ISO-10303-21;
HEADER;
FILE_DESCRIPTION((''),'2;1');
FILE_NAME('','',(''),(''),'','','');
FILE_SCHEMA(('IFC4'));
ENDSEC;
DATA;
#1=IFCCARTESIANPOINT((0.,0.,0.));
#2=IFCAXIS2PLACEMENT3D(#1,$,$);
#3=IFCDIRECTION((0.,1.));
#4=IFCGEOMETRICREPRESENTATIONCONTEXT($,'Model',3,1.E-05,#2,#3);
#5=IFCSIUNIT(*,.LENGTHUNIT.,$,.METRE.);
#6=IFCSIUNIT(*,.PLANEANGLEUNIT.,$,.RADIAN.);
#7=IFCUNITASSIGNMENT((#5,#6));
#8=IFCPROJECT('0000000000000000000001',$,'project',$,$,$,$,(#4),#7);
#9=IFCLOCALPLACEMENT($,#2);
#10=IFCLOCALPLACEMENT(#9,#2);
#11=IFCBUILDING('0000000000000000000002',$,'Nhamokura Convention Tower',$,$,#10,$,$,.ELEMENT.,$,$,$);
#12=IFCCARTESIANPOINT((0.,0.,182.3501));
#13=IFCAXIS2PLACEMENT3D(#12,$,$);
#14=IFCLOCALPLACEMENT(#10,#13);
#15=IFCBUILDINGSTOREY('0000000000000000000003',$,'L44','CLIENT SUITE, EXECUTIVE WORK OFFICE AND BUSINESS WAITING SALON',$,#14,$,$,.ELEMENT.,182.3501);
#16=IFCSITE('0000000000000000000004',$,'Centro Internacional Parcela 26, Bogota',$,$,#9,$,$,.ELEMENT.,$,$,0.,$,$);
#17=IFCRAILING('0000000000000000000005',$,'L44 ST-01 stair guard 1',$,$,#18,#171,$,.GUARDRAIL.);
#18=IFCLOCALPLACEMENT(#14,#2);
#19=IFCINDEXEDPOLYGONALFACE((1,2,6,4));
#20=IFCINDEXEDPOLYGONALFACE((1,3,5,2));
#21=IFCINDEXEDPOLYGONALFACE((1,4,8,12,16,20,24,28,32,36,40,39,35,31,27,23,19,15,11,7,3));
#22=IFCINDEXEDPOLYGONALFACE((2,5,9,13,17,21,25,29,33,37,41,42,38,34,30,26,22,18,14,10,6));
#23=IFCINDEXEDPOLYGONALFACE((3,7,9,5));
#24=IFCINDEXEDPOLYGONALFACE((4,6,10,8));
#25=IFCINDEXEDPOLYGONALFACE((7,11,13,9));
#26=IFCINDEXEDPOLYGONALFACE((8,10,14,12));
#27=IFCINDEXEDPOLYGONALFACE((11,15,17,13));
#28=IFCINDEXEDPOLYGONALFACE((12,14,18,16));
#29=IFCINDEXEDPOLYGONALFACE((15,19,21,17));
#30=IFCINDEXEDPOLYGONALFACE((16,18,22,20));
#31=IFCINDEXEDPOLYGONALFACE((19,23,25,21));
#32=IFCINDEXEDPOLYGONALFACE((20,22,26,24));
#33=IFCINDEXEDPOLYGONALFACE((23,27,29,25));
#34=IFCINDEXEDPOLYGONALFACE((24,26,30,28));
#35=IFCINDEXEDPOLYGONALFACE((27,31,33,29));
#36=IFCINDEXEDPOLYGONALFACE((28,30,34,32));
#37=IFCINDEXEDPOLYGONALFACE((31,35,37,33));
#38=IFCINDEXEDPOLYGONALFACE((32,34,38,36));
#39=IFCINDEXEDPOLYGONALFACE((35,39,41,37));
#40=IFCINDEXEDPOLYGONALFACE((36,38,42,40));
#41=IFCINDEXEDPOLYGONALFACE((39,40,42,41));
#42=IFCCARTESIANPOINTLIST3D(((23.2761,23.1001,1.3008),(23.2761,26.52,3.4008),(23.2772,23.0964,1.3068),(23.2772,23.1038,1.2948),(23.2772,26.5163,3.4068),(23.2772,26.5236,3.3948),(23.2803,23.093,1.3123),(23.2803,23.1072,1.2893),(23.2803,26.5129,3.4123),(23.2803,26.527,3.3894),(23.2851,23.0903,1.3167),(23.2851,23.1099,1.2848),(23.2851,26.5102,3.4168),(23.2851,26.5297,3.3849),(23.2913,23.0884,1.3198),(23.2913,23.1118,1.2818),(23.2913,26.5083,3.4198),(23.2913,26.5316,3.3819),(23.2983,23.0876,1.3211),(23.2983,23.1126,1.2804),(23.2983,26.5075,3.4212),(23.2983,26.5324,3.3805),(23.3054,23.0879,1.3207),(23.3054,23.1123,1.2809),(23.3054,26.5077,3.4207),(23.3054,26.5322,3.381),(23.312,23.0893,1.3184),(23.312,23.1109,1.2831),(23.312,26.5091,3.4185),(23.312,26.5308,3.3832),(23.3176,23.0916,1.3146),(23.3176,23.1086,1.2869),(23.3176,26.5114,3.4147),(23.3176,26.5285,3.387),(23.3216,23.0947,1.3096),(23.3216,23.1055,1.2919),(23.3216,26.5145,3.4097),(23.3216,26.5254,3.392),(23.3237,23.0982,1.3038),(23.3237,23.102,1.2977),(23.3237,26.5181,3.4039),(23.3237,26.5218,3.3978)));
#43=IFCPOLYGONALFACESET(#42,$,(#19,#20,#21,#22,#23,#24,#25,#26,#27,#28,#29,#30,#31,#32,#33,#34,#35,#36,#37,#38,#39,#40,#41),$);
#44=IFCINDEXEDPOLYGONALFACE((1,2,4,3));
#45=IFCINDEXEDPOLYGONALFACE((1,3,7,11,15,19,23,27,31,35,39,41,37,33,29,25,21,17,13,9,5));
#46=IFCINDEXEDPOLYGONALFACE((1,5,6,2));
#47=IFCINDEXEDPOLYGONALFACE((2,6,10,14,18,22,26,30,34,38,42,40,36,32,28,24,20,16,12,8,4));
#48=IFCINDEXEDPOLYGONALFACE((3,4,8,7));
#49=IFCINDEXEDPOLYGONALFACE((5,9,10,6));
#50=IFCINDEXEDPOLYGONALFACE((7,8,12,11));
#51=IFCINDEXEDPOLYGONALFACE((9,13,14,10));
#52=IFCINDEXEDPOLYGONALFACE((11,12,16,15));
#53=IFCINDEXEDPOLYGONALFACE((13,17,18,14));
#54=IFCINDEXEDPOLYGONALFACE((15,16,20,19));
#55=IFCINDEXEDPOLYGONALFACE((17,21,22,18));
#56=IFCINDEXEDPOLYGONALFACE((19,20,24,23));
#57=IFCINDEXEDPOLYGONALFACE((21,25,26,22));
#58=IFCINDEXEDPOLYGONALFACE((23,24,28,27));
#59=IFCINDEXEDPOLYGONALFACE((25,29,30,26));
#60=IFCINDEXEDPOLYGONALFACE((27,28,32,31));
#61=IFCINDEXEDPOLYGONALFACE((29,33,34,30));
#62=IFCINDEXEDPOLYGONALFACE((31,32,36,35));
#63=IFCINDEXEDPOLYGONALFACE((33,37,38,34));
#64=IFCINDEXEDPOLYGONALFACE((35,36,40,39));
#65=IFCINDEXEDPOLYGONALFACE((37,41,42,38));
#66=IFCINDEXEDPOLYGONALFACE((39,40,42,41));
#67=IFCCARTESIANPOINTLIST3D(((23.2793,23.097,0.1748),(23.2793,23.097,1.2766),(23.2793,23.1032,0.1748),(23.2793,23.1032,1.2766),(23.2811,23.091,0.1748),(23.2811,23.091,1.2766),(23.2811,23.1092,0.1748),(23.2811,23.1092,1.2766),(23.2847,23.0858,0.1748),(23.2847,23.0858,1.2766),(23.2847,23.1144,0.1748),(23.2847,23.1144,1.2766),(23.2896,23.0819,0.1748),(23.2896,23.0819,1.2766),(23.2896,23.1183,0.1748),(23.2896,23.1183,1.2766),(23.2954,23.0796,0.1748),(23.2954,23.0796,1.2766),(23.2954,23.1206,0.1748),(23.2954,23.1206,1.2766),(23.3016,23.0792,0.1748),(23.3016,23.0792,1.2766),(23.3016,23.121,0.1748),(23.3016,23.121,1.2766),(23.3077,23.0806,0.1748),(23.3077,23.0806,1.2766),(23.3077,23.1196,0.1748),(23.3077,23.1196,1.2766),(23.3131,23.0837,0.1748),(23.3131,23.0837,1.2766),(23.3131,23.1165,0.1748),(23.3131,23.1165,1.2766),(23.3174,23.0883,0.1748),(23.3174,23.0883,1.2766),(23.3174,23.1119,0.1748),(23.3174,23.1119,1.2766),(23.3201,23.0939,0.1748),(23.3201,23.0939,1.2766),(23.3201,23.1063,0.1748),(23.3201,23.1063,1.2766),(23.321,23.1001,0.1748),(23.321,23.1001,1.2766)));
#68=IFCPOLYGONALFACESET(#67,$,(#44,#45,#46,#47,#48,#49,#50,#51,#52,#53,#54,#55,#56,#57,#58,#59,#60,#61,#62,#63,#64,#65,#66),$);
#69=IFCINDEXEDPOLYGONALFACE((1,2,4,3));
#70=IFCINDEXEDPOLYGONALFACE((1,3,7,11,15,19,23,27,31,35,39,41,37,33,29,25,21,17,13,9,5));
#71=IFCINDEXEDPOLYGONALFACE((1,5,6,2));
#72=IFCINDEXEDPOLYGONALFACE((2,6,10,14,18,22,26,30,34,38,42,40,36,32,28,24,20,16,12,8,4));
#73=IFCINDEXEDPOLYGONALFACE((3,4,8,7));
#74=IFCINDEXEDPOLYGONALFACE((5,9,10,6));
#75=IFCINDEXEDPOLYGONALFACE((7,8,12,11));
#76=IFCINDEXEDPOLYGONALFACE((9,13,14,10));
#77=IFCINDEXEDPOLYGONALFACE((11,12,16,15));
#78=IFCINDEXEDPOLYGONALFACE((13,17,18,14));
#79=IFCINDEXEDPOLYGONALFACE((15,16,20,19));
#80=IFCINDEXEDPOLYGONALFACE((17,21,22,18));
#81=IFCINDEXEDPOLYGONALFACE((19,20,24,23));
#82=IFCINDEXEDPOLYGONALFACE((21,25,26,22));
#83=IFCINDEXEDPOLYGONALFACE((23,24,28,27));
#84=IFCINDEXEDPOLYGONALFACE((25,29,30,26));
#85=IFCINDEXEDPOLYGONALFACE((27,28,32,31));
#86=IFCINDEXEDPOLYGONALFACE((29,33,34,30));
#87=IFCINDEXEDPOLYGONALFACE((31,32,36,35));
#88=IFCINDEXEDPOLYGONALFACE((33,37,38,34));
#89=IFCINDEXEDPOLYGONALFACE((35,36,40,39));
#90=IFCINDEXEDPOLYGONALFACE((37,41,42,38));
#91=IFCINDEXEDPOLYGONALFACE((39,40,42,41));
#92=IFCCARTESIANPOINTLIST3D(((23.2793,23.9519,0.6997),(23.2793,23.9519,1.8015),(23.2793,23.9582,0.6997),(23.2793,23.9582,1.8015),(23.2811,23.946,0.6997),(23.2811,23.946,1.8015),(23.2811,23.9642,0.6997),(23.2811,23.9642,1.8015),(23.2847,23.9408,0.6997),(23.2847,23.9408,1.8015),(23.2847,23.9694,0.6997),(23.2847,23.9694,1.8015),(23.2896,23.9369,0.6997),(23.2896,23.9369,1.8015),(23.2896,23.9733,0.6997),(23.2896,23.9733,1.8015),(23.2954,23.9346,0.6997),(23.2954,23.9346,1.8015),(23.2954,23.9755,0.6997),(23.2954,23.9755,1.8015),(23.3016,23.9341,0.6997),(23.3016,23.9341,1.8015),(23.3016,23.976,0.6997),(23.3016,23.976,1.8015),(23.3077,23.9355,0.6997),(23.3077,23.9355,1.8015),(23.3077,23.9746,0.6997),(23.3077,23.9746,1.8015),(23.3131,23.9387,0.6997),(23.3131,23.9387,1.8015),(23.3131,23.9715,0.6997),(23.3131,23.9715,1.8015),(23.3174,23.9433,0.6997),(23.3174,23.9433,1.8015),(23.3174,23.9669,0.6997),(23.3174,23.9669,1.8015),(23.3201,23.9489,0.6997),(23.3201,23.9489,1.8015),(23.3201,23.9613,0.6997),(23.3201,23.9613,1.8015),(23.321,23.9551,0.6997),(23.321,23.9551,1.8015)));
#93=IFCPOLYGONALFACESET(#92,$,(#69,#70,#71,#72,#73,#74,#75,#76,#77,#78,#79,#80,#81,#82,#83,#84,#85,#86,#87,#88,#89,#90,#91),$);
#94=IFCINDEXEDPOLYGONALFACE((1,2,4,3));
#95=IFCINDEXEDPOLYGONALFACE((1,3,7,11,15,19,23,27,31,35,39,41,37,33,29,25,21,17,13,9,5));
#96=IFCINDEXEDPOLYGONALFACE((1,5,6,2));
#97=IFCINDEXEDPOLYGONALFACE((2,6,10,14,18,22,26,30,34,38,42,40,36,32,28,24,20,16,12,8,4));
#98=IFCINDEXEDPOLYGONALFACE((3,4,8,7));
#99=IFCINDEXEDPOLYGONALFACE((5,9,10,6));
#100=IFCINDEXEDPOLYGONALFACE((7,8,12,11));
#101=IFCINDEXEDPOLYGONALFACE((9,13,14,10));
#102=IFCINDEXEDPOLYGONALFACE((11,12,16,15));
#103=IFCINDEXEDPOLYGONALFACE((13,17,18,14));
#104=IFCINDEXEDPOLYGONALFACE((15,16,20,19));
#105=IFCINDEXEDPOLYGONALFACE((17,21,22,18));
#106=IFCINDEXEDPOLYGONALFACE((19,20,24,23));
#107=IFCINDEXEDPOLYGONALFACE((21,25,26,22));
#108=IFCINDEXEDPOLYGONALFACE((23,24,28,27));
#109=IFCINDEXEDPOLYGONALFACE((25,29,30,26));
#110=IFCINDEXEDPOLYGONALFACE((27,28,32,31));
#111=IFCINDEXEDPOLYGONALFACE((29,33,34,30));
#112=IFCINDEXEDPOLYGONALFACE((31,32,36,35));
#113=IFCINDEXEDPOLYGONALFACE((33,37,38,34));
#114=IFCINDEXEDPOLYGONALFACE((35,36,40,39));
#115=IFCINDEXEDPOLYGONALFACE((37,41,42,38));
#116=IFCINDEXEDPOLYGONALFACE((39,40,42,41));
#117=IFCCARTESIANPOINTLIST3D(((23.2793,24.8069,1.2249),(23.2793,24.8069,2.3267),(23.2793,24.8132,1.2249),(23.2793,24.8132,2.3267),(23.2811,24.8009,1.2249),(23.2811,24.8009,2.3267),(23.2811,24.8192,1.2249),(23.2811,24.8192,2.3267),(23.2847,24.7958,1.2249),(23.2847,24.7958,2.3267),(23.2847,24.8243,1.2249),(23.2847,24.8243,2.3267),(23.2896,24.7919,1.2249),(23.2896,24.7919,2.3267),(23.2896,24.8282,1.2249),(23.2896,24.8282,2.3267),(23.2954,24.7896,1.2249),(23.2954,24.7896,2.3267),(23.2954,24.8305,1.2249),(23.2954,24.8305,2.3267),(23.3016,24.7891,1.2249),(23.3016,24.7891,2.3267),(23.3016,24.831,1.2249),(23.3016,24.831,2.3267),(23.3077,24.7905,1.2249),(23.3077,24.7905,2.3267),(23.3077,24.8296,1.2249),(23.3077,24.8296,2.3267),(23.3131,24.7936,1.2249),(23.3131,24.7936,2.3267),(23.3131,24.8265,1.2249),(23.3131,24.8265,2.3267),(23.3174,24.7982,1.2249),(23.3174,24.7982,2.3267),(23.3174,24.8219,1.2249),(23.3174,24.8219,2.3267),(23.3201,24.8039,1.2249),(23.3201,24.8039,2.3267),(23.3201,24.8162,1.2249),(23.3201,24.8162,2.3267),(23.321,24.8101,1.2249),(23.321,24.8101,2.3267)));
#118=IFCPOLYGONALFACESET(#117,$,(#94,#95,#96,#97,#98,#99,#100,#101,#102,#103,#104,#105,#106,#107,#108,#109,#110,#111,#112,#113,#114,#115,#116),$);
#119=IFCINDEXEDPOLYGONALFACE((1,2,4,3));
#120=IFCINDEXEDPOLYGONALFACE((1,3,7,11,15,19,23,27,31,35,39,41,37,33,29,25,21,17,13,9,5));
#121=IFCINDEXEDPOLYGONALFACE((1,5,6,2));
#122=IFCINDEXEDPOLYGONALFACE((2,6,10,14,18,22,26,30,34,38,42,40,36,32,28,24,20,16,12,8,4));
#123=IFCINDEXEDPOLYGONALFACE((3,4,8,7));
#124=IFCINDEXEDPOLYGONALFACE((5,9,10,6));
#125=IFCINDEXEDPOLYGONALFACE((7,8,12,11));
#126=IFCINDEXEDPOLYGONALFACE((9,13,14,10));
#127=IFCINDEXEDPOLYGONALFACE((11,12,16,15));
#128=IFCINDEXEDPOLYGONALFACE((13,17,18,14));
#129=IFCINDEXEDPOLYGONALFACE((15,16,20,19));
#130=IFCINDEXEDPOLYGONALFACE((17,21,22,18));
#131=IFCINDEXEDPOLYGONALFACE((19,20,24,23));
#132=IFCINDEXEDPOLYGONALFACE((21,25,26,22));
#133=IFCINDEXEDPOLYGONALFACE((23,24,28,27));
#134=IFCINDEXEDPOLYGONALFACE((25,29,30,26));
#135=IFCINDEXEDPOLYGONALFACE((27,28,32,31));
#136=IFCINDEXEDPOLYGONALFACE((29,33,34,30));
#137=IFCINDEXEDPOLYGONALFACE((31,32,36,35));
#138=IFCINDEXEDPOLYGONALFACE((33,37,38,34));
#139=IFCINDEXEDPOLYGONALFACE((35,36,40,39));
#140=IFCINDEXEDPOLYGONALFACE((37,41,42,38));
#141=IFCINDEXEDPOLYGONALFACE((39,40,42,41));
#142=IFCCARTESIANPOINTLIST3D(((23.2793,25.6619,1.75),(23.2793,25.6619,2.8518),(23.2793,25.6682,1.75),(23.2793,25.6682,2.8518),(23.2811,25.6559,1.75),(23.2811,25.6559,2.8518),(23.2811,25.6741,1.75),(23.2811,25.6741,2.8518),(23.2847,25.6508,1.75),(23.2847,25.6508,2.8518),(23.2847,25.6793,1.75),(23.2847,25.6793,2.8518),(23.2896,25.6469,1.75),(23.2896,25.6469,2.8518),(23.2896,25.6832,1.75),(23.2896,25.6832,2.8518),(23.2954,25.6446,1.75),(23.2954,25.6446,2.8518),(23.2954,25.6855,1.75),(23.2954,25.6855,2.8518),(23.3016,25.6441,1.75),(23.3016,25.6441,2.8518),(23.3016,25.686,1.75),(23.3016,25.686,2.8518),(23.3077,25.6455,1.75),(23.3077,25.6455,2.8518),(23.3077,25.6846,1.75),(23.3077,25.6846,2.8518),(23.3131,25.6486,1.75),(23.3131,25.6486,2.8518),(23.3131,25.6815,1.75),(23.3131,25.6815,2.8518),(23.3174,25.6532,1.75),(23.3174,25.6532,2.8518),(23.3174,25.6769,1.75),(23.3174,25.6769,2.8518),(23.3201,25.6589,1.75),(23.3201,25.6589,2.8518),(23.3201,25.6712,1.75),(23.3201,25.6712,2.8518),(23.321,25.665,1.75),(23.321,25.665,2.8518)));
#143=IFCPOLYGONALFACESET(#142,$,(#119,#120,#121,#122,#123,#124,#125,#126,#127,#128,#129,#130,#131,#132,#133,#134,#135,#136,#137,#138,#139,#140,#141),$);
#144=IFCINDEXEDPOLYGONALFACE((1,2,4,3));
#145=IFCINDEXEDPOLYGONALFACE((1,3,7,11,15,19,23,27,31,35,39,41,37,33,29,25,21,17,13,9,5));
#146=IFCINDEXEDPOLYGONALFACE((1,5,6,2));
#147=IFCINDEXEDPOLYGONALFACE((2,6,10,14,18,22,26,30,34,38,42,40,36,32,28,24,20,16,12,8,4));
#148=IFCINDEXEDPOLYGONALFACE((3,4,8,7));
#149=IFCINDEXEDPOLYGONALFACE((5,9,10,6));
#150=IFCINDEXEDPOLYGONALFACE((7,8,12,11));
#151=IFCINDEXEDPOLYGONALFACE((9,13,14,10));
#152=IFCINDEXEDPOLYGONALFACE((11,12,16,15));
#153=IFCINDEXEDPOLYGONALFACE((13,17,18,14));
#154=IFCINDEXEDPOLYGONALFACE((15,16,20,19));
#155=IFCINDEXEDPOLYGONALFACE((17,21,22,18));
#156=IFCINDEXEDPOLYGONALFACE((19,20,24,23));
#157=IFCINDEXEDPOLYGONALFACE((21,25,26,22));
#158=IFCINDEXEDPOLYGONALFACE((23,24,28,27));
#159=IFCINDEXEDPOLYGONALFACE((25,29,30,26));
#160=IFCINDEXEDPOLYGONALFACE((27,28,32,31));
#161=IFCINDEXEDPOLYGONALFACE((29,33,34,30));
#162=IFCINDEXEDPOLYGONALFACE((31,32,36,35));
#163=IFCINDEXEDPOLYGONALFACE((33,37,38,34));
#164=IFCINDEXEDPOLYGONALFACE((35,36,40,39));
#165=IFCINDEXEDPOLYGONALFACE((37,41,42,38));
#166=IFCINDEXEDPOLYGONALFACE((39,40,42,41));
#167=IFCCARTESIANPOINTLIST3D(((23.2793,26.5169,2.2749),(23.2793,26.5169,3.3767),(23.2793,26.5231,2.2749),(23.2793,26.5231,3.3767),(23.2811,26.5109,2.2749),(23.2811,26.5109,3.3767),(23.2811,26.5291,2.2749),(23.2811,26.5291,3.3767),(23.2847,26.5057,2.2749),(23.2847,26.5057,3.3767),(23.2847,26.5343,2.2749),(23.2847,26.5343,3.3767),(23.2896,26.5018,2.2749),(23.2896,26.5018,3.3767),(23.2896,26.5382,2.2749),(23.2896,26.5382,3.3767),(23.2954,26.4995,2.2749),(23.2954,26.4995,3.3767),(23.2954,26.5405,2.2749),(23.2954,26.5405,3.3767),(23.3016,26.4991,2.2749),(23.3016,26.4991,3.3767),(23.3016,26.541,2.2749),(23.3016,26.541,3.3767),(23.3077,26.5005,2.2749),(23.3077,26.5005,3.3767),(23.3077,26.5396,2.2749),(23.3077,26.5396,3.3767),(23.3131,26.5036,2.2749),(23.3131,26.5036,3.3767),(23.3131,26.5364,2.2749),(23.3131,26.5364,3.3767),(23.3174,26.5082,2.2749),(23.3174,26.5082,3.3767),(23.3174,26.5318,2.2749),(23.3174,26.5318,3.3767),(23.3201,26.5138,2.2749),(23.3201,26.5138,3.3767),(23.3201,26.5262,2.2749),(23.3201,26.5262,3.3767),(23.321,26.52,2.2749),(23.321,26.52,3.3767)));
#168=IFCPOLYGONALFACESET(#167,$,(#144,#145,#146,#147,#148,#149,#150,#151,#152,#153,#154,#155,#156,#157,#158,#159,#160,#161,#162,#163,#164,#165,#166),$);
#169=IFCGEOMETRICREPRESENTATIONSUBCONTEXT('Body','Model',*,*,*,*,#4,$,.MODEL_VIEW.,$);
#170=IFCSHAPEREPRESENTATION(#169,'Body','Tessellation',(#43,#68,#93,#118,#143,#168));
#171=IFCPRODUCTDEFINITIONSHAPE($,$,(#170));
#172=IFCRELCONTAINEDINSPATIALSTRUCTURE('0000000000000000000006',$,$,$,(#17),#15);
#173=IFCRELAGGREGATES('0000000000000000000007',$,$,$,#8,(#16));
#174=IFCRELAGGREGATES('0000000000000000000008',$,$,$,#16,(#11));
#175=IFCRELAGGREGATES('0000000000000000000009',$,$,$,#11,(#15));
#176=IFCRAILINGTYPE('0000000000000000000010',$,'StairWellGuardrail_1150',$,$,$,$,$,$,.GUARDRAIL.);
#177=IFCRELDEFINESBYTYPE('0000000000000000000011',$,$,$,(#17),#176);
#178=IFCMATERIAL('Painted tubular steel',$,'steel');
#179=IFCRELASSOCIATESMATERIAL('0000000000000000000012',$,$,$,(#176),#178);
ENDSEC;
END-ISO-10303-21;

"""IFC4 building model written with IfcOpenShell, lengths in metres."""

from ifc_helpers import new_model, si_unit, direction, frame, origin, origin_2d, place, context, subcontext, project, spatial, circle, extrude, material, type_object, element, save


model = new_model("IFC4")

# Units and contexts
model_context = context("Model", 3, precision=1e-05, world=origin(), true_north=direction((0.0, 1.0)))
body_context = subcontext(model_context, "Body", "Model", "MODEL_VIEW")
ifc_project = project(units=[si_unit("LENGTHUNIT", "METRE"), si_unit("PLANEANGLEUNIT", "RADIAN")], contexts=[model_context])

# Site, building, storey
site_placement = place(None, origin())
site = spatial("IfcSite", under=ifc_project, at=site_placement, Name="Centro Internacional Parcela 26, Bogota", CompositionType="ELEMENT", RefElevation=0.0)
building_placement = place(site_placement, origin())
building = spatial("IfcBuilding", under=site, at=building_placement, Name="Nhamokura Convention Tower", CompositionType="ELEMENT")
storey_placement = place(building_placement, frame((0.0, 0.0, 182.3501)))
storey = spatial("IfcBuildingStorey", under=building, at=storey_placement, Name="L44", Description="CLIENT SUITE, EXECUTIVE WORK OFFICE AND BUSINESS WAITING SALON", CompositionType="ELEMENT", Elevation=182.3501)

# Railing
ifc_material_1 = material(Name="Painted tubular steel", Category="steel")
railing_type_1 = type_object("IfcRailingType", Name="StairWellGuardrail_1150", PredefinedType="GUARDRAIL", material=ifc_material_1)
railing_1_placement = place(storey_placement, frame((23.3, 23.1001, 0.1748)))
element("IfcRailing", 1, at=railing_1_placement, inside=storey, type_object=railing_type_1, Name="L44 ST-01 stair guard 1", PredefinedType="GUARDRAIL", context=body_context, shape_type="SweptSolid", body=[
    extrude(circle(Radius=0.0239, at=origin_2d()), frame((0.0, 0.0, 1.126), z_axis=(0.0, 0.852155, 0.523289), x_axis=(-1.0, 0.0, 0.0)), (0.0, 0.0, 1.0), 4.0132),
    extrude(circle(Radius=0.021, at=origin_2d()), origin(), (0.0, 0.0, 1.0), 1.1018),
    extrude(circle(Radius=0.021, at=origin_2d()), frame((0.0, 0.855, 0.5249)), (0.0, 0.0, 1.0), 1.1018),
    extrude(circle(Radius=0.021, at=origin_2d()), frame((0.0, 1.71, 1.05)), (0.0, 0.0, 1.0), 1.1018),
    extrude(circle(Radius=0.021, at=origin_2d()), frame((0.0, 2.5649, 1.5752)), (0.0, 0.0, 1.0), 1.1018),
    extrude(circle(Radius=0.021, at=origin_2d()), frame((0.0, 3.4199, 2.1001)), (0.0, 0.0, 1.0), 1.1018),
])

save(model, "model.ifc")
